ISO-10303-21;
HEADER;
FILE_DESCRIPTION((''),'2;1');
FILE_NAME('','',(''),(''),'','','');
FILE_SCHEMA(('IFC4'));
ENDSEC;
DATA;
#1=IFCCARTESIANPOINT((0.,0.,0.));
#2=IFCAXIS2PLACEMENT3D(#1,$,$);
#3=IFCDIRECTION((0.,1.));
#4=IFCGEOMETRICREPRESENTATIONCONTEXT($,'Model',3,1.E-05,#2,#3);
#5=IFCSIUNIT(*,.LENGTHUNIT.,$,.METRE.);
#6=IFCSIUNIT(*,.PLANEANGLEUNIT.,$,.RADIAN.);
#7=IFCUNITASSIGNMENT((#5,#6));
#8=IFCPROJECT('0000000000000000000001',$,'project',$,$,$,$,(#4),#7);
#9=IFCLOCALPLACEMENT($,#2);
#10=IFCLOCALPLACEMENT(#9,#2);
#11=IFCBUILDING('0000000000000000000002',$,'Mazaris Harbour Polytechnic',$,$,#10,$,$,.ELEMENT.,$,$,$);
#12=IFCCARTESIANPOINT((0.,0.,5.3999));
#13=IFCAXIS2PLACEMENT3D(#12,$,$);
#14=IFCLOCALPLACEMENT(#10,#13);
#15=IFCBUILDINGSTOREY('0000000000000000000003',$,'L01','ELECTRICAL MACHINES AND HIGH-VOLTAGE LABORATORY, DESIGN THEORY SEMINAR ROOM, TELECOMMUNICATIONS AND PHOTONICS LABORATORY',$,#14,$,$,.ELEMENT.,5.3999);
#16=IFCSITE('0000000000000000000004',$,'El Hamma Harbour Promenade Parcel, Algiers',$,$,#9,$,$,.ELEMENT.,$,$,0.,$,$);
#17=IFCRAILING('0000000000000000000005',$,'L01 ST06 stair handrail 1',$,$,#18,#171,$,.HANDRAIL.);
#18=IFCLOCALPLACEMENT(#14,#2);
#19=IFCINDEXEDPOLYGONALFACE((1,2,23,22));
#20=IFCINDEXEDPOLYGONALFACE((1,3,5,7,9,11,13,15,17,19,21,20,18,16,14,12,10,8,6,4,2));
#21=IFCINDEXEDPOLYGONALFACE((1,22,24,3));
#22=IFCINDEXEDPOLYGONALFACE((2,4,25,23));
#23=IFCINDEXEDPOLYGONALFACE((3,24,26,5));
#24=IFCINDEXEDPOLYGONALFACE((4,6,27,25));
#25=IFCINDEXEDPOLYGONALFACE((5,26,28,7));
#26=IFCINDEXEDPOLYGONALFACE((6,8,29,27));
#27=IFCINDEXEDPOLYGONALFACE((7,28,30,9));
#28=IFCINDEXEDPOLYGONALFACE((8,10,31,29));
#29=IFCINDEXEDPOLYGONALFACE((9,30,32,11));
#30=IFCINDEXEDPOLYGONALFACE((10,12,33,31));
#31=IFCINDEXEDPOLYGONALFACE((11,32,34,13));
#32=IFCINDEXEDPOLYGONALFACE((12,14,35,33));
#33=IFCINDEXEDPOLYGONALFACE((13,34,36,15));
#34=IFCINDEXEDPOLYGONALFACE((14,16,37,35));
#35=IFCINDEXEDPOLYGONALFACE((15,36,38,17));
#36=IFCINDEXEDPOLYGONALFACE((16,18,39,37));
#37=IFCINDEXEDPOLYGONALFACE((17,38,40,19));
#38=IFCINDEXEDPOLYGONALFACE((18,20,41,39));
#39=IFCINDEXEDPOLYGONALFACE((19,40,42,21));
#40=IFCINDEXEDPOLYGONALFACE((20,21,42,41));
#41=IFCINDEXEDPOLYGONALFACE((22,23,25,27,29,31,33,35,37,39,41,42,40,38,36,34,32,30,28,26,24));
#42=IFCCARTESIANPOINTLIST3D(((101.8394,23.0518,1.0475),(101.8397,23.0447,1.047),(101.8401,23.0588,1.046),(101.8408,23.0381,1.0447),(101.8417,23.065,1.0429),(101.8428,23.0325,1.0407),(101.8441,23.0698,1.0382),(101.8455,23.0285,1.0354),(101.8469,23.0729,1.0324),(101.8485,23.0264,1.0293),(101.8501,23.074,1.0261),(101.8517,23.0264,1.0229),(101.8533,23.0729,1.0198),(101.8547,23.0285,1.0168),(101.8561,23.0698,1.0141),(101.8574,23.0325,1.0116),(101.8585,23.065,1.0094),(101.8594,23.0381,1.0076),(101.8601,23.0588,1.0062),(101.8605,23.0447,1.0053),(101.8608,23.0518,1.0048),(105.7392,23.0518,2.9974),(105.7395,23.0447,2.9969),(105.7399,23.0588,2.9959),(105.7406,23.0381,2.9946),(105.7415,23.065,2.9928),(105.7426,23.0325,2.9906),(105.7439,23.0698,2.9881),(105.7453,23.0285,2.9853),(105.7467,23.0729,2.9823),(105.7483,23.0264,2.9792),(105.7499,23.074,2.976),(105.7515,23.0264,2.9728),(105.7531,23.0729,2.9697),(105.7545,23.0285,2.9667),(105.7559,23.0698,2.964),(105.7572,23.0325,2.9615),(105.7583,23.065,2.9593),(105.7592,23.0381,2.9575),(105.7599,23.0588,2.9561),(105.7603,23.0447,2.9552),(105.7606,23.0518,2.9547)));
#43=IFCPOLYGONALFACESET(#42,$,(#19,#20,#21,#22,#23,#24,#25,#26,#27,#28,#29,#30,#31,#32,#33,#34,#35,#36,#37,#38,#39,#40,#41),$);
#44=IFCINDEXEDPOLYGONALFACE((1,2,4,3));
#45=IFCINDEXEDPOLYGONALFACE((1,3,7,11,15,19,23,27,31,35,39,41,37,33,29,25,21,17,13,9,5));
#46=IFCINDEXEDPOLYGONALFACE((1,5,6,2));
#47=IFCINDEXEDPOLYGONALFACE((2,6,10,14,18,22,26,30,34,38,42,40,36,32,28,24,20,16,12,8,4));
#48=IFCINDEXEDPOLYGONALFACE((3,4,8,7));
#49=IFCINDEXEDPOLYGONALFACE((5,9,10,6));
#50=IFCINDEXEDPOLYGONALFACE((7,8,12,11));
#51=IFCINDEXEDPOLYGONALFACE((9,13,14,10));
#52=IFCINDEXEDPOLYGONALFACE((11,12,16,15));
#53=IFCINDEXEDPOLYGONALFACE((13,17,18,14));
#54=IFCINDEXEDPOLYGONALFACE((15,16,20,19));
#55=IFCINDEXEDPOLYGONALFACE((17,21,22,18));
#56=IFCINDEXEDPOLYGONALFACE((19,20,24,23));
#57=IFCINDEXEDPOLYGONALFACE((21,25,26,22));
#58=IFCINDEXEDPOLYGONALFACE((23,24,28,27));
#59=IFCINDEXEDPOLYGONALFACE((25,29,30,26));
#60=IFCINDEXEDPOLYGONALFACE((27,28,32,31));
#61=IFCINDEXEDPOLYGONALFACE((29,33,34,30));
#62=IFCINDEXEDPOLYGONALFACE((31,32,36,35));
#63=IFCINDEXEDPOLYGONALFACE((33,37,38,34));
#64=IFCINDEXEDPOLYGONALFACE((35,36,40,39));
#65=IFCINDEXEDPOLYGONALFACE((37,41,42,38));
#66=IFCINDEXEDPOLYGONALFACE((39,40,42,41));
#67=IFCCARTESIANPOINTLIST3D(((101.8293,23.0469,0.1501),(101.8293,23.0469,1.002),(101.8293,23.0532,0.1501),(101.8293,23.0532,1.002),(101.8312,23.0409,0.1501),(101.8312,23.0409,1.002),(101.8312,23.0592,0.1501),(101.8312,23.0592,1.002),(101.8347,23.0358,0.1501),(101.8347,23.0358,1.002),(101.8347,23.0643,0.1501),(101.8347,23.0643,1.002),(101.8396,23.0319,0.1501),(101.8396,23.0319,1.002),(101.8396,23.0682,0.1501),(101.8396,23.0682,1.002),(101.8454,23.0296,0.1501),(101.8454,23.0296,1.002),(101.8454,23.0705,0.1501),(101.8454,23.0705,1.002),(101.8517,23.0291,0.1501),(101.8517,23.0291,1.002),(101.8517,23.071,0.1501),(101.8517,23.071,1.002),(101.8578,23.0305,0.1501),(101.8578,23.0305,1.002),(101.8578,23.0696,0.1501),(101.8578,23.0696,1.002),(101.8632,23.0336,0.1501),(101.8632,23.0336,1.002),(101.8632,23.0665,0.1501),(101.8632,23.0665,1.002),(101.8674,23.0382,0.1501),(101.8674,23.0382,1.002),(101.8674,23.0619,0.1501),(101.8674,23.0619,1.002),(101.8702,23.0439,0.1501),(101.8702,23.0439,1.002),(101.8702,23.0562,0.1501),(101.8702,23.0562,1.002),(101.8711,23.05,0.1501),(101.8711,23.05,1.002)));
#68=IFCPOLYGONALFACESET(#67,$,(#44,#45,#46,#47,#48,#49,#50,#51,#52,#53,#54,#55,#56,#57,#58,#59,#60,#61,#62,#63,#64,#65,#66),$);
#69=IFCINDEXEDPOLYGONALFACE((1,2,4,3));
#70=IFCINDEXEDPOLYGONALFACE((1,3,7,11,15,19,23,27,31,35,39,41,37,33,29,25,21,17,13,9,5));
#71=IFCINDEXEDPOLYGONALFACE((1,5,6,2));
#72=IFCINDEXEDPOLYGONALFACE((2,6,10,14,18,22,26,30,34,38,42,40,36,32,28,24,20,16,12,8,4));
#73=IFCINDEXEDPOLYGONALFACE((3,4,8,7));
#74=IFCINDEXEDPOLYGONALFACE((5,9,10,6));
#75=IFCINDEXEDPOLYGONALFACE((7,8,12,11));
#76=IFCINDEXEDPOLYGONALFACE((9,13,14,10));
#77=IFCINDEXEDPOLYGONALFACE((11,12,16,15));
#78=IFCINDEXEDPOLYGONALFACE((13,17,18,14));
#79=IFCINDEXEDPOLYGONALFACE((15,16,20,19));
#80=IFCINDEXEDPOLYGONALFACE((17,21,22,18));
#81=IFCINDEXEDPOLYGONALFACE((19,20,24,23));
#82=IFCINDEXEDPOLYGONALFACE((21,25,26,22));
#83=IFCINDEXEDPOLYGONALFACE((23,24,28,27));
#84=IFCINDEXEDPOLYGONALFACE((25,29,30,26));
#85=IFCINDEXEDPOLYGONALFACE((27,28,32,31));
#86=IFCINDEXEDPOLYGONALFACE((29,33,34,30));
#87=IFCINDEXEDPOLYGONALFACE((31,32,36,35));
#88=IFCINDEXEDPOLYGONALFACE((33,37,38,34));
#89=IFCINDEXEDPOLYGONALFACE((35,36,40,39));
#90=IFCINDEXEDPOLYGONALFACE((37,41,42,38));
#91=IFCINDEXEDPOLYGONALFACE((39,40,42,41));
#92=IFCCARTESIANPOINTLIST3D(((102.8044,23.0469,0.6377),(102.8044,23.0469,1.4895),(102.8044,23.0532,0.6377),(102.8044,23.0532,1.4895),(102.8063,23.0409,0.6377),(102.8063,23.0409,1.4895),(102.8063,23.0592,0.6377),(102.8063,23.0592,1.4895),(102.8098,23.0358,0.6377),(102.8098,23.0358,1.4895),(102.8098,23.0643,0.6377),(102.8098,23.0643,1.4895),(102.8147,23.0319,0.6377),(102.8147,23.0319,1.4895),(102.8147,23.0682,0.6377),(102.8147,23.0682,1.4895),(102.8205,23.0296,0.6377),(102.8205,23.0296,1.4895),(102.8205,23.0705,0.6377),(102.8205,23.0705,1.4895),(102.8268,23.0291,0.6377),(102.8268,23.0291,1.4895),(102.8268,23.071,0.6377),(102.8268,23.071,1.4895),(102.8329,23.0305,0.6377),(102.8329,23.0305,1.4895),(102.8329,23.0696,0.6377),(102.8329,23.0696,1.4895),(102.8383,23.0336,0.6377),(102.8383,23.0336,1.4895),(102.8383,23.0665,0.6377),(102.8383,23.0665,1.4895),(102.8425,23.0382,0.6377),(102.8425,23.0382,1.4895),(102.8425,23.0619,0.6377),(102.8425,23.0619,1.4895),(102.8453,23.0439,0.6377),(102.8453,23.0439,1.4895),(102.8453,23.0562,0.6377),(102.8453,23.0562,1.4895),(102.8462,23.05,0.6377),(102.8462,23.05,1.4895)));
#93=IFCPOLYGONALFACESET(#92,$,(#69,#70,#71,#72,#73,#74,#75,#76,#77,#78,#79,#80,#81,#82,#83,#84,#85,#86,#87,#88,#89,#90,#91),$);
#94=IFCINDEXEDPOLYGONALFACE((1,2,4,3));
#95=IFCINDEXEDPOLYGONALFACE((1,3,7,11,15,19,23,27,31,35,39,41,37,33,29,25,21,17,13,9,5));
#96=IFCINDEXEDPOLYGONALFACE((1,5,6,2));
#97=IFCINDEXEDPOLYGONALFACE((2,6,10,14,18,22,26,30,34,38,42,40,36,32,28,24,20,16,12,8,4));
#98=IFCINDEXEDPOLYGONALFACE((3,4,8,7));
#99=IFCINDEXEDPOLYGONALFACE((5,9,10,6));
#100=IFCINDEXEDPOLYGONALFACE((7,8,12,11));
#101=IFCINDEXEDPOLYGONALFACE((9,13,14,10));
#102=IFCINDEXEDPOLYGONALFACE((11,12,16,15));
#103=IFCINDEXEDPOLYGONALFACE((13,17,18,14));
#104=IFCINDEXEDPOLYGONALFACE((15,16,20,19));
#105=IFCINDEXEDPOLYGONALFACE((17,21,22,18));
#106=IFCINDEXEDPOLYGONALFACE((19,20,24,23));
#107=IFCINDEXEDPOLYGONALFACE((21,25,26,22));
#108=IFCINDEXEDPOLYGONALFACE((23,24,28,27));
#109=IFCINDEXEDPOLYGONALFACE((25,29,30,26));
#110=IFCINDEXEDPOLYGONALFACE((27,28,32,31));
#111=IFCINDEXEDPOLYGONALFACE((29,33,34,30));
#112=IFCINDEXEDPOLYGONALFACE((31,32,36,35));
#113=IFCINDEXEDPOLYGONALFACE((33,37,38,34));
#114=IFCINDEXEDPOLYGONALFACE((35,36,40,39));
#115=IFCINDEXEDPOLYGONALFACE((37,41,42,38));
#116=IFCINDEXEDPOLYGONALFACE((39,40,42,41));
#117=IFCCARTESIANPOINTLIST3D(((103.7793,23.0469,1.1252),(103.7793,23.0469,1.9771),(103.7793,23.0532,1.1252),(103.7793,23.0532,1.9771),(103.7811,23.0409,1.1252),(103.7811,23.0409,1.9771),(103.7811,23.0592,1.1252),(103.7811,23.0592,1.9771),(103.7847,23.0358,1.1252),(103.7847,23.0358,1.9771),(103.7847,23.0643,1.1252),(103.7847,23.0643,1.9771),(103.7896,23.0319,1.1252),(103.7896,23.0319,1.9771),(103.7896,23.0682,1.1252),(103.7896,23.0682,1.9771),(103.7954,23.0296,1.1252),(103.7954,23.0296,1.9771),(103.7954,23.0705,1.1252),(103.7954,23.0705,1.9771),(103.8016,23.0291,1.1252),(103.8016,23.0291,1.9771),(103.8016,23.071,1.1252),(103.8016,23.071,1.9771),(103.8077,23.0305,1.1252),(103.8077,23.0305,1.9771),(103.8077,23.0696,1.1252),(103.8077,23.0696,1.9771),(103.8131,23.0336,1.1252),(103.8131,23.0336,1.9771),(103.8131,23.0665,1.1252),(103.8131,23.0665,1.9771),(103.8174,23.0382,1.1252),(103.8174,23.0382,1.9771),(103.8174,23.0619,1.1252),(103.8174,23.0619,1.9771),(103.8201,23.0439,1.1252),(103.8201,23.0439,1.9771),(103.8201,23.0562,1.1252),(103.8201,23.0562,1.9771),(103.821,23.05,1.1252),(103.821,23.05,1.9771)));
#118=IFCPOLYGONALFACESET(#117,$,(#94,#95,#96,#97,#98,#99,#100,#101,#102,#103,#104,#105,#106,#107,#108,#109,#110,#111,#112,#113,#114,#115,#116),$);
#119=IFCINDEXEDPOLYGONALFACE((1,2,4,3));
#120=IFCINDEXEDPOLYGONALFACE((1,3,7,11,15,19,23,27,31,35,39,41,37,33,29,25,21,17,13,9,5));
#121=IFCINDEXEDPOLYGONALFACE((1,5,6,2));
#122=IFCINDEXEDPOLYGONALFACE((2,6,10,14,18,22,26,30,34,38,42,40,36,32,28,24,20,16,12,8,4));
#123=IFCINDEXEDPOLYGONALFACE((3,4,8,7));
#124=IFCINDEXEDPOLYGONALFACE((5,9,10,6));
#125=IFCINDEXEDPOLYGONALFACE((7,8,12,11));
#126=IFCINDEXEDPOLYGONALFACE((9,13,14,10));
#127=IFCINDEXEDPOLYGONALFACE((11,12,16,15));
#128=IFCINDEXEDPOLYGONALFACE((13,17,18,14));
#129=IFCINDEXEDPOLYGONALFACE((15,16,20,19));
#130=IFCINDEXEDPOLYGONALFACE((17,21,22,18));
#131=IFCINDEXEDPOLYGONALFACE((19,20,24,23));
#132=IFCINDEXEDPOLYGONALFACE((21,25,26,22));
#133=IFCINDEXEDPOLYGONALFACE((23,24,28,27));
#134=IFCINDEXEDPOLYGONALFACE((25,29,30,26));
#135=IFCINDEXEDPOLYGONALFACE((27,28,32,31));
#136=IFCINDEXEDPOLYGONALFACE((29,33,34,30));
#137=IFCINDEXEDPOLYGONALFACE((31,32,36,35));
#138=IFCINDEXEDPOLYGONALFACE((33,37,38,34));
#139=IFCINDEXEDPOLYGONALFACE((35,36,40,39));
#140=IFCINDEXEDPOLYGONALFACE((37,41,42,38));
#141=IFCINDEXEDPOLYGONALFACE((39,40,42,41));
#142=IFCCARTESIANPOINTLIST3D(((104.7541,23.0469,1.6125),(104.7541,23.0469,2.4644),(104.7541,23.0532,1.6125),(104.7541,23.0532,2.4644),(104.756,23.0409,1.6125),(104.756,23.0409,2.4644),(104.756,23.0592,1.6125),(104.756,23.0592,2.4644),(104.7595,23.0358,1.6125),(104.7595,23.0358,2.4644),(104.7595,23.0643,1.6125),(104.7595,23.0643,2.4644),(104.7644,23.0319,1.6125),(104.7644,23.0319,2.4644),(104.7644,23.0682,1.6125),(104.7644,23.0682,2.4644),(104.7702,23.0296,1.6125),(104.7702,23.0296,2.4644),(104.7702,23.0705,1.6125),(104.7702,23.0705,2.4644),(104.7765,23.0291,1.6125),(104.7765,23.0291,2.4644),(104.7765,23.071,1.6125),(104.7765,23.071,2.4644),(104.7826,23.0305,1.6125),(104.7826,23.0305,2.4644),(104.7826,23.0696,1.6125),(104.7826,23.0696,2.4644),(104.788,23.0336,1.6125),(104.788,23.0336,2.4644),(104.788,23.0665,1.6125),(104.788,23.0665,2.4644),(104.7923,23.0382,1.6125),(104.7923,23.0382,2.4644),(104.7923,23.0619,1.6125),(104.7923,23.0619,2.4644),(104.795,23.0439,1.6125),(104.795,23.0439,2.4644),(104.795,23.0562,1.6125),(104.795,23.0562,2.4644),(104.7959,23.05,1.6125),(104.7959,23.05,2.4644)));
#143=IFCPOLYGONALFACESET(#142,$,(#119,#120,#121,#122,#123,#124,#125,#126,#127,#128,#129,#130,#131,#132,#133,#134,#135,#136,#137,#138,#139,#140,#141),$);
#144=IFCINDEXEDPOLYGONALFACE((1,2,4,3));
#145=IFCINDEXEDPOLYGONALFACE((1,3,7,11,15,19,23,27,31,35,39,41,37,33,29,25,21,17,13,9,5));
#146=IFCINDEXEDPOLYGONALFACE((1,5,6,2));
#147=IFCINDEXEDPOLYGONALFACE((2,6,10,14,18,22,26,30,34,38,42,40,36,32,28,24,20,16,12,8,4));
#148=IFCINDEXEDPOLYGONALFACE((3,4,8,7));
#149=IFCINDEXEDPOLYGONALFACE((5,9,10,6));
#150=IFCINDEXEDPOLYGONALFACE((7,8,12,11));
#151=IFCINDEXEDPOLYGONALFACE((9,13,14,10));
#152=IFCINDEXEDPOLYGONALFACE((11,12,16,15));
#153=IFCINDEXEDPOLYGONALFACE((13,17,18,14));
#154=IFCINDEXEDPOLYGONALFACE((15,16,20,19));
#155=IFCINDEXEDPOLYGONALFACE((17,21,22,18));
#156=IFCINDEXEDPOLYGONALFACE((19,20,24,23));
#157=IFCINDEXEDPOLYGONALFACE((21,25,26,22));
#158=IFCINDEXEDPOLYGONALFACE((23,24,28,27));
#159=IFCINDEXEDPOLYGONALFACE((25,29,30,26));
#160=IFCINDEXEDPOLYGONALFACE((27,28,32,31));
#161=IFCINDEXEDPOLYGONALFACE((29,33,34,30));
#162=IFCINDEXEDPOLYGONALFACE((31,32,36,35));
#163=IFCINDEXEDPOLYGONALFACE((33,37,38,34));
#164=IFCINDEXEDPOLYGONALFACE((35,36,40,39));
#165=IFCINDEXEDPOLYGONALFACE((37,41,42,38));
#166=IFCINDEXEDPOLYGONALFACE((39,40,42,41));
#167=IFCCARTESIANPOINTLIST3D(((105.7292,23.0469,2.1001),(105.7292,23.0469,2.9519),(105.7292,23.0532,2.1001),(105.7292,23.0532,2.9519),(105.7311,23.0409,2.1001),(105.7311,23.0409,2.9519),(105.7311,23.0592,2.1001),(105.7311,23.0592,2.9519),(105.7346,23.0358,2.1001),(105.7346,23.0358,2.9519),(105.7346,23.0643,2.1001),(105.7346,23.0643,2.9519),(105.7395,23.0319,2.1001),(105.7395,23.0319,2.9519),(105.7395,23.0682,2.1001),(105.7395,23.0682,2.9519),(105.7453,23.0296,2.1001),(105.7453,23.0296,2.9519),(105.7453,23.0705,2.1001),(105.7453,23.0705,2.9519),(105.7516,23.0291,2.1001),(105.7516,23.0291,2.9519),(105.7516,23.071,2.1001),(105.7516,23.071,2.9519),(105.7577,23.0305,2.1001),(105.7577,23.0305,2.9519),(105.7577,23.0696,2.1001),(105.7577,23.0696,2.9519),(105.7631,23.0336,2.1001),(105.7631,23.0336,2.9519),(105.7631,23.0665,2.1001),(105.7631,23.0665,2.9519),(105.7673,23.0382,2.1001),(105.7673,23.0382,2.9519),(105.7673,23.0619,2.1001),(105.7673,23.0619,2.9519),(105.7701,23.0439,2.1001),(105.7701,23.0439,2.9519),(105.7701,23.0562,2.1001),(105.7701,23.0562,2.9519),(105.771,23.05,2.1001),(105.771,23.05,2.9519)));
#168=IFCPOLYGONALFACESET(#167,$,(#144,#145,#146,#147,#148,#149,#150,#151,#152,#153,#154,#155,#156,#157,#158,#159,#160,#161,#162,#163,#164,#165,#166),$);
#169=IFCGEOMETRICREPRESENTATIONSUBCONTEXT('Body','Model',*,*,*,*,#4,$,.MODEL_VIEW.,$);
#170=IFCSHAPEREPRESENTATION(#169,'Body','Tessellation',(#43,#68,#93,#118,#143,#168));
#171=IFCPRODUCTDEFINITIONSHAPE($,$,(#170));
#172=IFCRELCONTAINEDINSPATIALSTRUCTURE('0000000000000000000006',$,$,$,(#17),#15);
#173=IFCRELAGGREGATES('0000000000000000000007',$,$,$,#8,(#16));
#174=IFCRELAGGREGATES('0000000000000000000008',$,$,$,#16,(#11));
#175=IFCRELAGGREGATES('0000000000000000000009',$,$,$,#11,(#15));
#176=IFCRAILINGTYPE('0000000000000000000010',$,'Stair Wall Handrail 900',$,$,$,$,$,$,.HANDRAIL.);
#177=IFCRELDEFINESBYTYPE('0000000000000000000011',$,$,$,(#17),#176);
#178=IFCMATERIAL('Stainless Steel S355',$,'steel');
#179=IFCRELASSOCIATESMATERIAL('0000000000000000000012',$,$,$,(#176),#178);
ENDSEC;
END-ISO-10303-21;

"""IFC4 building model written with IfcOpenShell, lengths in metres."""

from ifc_helpers import new_model, si_unit, direction, frame, origin, origin_2d, place, context, subcontext, project, spatial, circle, extrude, material, type_object, element, save


model = new_model("IFC4")

# Units and contexts
model_context = context("Model", 3, precision=1e-05, world=origin(), true_north=direction((0.0, 1.0)))
body_context = subcontext(model_context, "Body", "Model", "MODEL_VIEW")
ifc_project = project(units=[si_unit("LENGTHUNIT", "METRE"), si_unit("PLANEANGLEUNIT", "RADIAN")], contexts=[model_context])

# Site, building, storey
site_placement = place(None, origin())
site = spatial("IfcSite", under=ifc_project, at=site_placement, Name="El Hamma Harbour Promenade Parcel, Algiers", CompositionType="ELEMENT", RefElevation=0.0)
building_placement = place(site_placement, origin())
building = spatial("IfcBuilding", under=site, at=building_placement, Name="Mazaris Harbour Polytechnic", CompositionType="ELEMENT")
storey_placement = place(building_placement, frame((0.0, 0.0, 5.3999)))
storey = spatial("IfcBuildingStorey", under=building, at=storey_placement, Name="L01", Description="ELECTRICAL MACHINES AND HIGH-VOLTAGE LABORATORY, DESIGN THEORY SEMINAR ROOM, TELECOMMUNICATIONS AND PHOTONICS LABORATORY", CompositionType="ELEMENT", Elevation=5.3999)

# Railing
ifc_material_1 = material(Name="Stainless Steel S355", Category="steel")
railing_type_1 = type_object("IfcRailingType", Name="Stair Wall Handrail 900", PredefinedType="HANDRAIL", material=ifc_material_1)
railing_1_placement = place(storey_placement, frame((101.8501, 23.05, 0.1501)))
element("IfcRailing", 1, at=railing_1_placement, inside=storey, type_object=railing_type_1, Name="L01 ST06 stair handrail 1", PredefinedType="HANDRAIL", context=body_context, shape_type="SweptSolid", body=[
    extrude(circle(Radius=0.0239, at=origin_2d()), frame((0.0, 0.0, 0.876), z_axis=(0.894427, 0.0, 0.447214), x_axis=(0.0, 1.0, 0.0)), (0.0, 0.0, 1.0), 4.3601),
    extrude(circle(Radius=0.021, at=origin_2d()), origin(), (0.0, 0.0, 1.0), 0.8518),
    extrude(circle(Radius=0.021, at=origin_2d()), frame((0.9751, 0.0, 0.4875)), (0.0, 0.0, 1.0), 0.8518),
    extrude(circle(Radius=0.021, at=origin_2d()), frame((1.95, 0.0, 0.9751)), (0.0, 0.0, 1.0), 0.8518),
    extrude(circle(Radius=0.021, at=origin_2d()), frame((2.9248, 0.0, 1.4624)), (0.0, 0.0, 1.0), 0.8518),
    extrude(circle(Radius=0.021, at=origin_2d()), frame((3.8999, 0.0, 1.95)), (0.0, 0.0, 1.0), 0.8518),
])

save(model, "model.ifc")
